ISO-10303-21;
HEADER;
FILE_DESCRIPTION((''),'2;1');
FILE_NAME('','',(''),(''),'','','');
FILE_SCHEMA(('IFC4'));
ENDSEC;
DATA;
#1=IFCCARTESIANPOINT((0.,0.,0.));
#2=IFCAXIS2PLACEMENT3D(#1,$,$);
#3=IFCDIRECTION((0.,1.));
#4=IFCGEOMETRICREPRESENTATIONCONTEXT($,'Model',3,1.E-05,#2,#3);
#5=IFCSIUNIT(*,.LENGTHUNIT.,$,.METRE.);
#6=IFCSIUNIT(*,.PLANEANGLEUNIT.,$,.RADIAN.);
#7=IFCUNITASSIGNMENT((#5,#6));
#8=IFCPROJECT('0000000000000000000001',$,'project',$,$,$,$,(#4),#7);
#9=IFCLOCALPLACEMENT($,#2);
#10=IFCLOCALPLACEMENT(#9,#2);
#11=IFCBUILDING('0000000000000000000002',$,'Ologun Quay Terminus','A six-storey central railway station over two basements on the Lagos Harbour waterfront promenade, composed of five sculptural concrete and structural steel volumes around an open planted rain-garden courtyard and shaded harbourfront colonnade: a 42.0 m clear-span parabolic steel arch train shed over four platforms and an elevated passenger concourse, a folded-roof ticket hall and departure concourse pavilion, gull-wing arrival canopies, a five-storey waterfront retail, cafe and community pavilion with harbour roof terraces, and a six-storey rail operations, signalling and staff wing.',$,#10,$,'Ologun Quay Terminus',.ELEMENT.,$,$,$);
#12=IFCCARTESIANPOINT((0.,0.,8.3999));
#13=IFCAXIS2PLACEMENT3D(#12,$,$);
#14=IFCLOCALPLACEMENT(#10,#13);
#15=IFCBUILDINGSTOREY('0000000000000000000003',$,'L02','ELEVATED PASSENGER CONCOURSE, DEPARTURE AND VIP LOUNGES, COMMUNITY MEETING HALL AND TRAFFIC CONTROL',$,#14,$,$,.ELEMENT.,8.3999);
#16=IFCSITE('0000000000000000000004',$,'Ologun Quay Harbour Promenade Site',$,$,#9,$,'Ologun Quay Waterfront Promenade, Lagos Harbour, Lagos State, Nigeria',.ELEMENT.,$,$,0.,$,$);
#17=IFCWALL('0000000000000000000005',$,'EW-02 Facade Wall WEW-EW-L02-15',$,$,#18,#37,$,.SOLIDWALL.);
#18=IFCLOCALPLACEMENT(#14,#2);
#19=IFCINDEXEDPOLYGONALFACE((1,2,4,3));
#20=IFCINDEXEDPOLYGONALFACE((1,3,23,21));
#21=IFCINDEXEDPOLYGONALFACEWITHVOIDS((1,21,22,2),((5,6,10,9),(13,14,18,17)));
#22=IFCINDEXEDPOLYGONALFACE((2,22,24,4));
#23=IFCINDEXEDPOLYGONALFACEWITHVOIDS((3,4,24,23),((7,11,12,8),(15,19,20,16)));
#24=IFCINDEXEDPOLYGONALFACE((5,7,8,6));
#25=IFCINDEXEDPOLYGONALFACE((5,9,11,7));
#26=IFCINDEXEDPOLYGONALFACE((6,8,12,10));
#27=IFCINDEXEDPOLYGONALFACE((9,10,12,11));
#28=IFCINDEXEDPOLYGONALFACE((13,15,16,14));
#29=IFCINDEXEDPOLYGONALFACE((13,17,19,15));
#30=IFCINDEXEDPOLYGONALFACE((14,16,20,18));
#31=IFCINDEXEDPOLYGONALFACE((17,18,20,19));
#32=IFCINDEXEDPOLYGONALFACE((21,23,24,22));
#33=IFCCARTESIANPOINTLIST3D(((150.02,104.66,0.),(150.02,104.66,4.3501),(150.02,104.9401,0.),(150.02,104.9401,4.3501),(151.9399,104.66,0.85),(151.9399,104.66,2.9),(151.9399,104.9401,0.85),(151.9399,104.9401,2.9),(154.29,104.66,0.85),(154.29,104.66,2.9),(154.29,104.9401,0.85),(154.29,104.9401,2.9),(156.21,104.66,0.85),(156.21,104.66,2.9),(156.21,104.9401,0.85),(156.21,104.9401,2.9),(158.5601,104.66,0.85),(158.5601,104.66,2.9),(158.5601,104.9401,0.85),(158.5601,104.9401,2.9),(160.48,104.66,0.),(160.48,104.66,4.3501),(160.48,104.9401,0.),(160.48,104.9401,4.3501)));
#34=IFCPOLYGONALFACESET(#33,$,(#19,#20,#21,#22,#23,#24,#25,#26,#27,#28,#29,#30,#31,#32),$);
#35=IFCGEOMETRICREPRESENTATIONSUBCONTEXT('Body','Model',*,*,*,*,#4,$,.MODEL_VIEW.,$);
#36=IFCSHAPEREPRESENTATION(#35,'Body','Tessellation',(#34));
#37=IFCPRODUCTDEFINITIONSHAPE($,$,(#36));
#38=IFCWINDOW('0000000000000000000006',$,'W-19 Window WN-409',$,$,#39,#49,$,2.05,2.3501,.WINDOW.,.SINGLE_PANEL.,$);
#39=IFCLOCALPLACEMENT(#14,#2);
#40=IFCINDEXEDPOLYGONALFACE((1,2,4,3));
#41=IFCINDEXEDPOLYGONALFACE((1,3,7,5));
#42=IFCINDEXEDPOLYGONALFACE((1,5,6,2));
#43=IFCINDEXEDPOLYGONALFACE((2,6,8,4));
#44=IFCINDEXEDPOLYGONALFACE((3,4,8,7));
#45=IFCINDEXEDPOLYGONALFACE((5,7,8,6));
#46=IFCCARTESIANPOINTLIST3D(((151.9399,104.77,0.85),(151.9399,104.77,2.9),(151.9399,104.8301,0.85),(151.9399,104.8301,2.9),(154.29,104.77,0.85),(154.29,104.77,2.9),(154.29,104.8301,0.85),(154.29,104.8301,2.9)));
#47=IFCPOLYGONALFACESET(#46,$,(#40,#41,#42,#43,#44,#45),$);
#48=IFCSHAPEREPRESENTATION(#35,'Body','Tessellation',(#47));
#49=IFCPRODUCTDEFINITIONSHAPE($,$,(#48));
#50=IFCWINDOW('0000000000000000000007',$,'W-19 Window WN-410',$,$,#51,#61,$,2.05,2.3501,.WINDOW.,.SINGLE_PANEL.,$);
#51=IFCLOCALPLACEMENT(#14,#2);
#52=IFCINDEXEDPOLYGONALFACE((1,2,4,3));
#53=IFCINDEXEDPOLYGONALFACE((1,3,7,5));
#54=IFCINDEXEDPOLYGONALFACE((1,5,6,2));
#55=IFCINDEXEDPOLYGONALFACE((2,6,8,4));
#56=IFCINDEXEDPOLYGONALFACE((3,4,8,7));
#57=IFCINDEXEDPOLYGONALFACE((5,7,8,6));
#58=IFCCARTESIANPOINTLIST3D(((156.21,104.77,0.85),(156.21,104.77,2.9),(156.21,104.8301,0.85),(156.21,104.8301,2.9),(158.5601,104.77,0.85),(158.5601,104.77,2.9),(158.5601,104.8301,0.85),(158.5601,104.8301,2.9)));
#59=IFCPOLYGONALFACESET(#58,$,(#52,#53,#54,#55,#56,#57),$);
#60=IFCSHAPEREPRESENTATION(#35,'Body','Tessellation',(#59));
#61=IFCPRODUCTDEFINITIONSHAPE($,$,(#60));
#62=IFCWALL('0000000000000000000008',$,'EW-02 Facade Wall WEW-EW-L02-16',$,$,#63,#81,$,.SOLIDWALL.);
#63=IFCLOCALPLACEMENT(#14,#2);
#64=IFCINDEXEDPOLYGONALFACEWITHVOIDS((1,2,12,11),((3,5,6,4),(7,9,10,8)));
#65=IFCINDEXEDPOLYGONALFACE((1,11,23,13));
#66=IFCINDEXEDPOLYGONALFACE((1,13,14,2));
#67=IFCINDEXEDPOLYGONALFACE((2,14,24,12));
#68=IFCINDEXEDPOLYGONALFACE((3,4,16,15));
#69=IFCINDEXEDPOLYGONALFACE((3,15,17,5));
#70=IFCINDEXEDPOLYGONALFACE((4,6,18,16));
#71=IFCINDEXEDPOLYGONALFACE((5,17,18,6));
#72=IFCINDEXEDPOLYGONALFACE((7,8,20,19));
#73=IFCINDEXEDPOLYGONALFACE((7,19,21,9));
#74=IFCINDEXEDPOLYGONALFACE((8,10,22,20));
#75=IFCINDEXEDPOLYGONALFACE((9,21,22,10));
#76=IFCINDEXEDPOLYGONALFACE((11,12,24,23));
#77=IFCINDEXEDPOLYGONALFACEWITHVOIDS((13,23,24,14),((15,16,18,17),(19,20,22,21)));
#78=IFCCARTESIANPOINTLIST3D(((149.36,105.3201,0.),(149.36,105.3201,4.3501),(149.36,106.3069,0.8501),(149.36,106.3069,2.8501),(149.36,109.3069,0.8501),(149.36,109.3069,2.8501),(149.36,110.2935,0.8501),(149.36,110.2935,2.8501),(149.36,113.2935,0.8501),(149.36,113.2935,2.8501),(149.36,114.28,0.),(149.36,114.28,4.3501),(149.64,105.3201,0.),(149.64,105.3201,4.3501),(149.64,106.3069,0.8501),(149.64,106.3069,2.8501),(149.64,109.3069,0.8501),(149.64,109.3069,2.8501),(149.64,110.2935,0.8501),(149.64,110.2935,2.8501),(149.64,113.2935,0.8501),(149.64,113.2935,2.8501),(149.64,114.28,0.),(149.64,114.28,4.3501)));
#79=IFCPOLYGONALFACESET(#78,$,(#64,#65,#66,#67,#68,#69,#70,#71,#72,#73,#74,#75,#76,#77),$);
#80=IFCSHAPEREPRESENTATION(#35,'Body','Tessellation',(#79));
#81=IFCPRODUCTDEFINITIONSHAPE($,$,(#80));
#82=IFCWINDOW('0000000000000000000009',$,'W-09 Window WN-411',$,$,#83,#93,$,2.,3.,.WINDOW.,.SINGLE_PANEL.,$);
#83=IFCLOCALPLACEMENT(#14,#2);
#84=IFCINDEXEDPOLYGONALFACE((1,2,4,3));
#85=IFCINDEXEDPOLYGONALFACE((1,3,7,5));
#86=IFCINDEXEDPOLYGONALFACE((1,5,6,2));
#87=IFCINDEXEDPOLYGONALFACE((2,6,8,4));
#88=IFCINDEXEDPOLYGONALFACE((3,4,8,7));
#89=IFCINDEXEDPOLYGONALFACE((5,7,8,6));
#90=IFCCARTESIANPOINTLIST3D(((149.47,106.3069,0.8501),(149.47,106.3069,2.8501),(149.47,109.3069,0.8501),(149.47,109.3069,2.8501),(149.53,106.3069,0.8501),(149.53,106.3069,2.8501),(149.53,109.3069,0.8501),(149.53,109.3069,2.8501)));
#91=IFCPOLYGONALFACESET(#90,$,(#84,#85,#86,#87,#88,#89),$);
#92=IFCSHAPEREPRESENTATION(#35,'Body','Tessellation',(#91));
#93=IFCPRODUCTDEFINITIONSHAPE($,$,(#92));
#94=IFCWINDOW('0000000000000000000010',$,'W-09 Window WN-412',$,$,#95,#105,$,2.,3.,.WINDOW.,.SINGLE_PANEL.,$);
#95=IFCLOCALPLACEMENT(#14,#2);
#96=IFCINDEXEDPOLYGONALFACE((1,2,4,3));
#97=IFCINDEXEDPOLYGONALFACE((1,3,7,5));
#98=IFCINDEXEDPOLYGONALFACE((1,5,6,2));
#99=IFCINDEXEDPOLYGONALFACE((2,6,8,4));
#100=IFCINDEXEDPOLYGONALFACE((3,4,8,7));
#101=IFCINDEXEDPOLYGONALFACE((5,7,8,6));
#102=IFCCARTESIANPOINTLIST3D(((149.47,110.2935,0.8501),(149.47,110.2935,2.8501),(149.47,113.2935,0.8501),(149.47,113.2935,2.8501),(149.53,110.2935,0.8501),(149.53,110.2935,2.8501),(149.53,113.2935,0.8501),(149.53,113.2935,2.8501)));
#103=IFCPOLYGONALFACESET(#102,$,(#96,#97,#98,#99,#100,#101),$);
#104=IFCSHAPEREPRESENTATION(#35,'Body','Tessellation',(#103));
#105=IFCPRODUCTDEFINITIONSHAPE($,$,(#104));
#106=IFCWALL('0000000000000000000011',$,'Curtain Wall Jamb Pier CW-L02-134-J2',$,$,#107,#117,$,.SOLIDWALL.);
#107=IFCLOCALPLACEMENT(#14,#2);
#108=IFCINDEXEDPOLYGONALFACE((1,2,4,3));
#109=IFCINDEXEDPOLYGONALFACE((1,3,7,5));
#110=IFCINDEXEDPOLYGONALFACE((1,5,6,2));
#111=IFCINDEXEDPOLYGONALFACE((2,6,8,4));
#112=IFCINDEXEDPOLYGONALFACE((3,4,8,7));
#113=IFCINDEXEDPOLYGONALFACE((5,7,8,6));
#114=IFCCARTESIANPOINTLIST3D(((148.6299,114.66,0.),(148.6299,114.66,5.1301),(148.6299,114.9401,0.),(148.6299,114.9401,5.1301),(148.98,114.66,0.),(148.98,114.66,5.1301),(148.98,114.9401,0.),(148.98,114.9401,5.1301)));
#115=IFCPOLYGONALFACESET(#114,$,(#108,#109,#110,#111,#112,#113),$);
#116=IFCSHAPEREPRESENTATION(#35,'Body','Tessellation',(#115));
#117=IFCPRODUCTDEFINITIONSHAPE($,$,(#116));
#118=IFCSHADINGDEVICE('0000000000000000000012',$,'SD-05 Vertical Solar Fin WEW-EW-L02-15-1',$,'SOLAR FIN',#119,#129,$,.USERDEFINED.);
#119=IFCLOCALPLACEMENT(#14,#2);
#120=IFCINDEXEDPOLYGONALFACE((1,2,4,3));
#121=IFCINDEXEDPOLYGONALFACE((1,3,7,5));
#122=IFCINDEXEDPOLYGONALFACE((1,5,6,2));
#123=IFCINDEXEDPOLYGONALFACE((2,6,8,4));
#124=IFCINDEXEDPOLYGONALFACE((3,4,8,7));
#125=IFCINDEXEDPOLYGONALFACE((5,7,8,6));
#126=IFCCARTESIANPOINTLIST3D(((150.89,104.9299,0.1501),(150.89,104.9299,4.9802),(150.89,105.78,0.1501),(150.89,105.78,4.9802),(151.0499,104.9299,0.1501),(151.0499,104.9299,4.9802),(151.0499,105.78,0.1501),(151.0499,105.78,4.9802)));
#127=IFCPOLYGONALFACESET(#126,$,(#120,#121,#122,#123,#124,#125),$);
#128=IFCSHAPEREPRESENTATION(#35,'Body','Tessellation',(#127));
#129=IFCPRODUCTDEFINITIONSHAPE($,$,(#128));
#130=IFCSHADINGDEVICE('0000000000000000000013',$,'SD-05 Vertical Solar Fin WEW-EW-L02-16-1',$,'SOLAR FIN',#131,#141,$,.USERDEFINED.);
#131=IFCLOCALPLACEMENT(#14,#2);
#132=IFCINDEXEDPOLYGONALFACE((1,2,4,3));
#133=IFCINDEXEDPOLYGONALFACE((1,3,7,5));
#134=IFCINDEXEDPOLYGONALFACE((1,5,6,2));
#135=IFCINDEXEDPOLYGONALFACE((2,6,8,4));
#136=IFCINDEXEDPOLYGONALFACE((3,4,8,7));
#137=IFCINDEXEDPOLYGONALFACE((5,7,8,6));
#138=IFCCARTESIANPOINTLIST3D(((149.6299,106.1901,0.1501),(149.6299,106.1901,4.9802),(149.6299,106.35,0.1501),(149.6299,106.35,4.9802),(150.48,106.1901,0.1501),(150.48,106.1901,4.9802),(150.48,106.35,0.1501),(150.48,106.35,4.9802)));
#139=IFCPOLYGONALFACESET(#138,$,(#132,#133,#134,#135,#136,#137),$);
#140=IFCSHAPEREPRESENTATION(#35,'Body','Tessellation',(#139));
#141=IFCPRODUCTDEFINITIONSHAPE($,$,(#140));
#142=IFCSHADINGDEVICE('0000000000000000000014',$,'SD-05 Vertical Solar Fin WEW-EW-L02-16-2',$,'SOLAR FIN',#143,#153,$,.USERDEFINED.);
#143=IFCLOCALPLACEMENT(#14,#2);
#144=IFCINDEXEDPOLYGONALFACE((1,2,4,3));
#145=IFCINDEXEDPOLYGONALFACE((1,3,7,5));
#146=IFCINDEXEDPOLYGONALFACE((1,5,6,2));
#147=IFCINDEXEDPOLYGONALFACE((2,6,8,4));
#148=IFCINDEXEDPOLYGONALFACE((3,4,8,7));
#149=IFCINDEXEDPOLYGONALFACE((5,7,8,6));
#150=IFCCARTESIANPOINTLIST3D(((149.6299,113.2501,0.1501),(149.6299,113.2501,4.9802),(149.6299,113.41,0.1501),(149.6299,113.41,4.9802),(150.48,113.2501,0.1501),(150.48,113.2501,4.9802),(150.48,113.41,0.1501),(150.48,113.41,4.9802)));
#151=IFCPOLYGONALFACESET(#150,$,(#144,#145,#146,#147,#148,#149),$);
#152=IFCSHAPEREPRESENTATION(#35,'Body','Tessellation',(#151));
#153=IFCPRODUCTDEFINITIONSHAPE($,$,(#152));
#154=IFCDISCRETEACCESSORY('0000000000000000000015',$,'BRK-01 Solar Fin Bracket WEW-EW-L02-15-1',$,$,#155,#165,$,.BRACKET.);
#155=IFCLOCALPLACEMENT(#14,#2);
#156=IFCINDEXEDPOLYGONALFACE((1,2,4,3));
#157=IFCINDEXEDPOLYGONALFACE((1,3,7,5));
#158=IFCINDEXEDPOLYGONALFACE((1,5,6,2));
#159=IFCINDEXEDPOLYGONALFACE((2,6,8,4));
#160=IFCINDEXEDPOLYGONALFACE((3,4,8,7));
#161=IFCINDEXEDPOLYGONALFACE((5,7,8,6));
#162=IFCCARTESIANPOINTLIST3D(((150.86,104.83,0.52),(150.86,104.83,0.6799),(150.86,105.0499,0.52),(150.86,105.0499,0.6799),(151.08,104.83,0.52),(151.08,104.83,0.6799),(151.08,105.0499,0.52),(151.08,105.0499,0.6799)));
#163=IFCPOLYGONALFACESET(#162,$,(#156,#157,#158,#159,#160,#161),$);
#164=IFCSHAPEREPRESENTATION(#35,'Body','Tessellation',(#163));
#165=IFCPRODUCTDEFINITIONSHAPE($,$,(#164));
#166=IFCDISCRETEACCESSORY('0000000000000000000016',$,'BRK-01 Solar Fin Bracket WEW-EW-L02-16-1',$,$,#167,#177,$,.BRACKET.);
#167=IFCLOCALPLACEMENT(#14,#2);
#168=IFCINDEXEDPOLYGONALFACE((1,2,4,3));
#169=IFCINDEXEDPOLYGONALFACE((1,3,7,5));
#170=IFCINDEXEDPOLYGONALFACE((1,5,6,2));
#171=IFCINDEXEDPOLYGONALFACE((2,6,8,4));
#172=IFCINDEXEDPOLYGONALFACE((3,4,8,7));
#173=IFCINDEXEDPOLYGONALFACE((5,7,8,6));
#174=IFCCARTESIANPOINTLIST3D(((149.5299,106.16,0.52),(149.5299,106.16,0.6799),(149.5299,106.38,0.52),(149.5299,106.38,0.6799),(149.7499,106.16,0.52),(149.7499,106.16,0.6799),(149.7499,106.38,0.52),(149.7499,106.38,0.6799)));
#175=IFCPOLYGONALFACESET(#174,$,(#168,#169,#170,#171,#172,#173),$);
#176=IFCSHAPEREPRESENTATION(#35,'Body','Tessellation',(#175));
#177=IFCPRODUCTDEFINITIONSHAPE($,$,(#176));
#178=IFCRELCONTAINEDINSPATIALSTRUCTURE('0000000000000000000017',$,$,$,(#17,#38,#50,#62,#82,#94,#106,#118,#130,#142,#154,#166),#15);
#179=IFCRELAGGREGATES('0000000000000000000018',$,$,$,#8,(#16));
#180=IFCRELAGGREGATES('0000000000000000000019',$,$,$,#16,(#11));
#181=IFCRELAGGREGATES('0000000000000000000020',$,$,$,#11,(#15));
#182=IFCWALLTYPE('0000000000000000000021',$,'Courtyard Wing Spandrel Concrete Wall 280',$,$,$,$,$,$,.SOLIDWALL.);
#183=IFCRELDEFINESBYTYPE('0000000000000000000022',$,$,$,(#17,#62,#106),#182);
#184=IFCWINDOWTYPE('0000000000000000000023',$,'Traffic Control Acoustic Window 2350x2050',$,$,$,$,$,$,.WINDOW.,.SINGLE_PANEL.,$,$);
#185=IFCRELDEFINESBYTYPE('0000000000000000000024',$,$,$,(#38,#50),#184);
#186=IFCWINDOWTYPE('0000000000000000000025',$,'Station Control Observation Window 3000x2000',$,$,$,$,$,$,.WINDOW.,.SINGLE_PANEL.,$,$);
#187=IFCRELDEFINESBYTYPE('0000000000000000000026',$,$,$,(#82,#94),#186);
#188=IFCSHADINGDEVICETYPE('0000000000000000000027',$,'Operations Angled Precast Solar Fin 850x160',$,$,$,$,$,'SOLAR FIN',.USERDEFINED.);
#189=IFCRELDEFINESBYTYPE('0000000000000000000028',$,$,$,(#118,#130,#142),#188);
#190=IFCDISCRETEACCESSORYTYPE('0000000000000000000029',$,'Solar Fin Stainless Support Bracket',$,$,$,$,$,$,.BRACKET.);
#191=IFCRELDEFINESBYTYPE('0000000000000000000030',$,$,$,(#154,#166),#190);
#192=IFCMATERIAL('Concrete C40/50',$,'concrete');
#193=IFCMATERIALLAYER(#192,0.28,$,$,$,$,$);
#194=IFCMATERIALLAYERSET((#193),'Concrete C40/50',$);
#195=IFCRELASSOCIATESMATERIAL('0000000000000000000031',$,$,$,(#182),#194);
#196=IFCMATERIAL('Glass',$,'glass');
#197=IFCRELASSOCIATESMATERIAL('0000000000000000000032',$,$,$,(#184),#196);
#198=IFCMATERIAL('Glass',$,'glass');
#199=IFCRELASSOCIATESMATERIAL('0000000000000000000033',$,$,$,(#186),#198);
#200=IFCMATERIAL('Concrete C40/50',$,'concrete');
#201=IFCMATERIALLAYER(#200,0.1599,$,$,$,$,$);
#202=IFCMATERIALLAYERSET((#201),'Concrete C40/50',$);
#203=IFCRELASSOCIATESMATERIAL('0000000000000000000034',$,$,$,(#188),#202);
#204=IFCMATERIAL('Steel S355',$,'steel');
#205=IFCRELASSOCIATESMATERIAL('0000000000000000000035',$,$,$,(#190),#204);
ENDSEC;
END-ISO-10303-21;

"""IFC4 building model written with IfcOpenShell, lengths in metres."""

from ifc_helpers import new_model, si_unit, direction, frame, frame_2d, origin, origin_2d, place, context, subcontext, project, spatial, rectangle, extrude, material, layer, layer_set, type_object, element, fill, save


model = new_model("IFC4")

# Units and contexts
model_context = context("Model", 3, precision=1e-05, world=origin(), true_north=direction((0.0, 1.0)))
body_context = subcontext(model_context, "Body", "Model", "MODEL_VIEW")
ifc_project = project(units=[si_unit("LENGTHUNIT", "METRE"), si_unit("PLANEANGLEUNIT", "RADIAN")], contexts=[model_context])

# Site, building, storey
site_placement = place(None, origin())
site = spatial("IfcSite", under=ifc_project, at=site_placement, Name="Ologun Quay Harbour Promenade Site", LongName="Ologun Quay Waterfront Promenade, Lagos Harbour, Lagos State, Nigeria", CompositionType="ELEMENT", RefElevation=0.0)
building_placement = place(site_placement, origin())
building = spatial("IfcBuilding", under=site, at=building_placement, Name="Ologun Quay Terminus", Description="A six-storey central railway station over two basements on the Lagos Harbour waterfront promenade, composed of five sculptural concrete and structural steel volumes around an open planted rain-garden courtyard and shaded harbourfront colonnade: a 42.0 m clear-span parabolic steel arch train shed over four platforms and an elevated passenger concourse, a folded-roof ticket hall and departure concourse pavilion, gull-wing arrival canopies, a five-storey waterfront retail, cafe and community pavilion with harbour roof terraces, and a six-storey rail operations, signalling and staff wing.", LongName="Ologun Quay Terminus", CompositionType="ELEMENT")
storey_placement = place(building_placement, frame((0.0, 0.0, 8.3999)))
storey = spatial("IfcBuildingStorey", under=building, at=storey_placement, Name="L02", Description="ELEVATED PASSENGER CONCOURSE, DEPARTURE AND VIP LOUNGES, COMMUNITY MEETING HALL AND TRAFFIC CONTROL", CompositionType="ELEMENT", Elevation=8.3999)

# Walls, openings, windows
ifc_material_1 = material(Name="Concrete C40/50", Category="concrete")
ifc_layer_1 = layer(ifc_material_1, 0.28)
ifc_layer_set_1 = layer_set([ifc_layer_1], Name="Concrete C40/50")
wall_type = type_object("IfcWallType", Name="Courtyard Wing Spandrel Concrete Wall 280", PredefinedType="SOLIDWALL", material=ifc_layer_set_1)
wall_1_placement = place(storey_placement, frame((150.02, 104.8, 0.0), z_axis=(0.0, 0.0, 1.0), x_axis=(1.0, 0.0, 0.0)))
wall_1 = element("IfcWall", 1, at=wall_1_placement, inside=storey, type_object=wall_type, Name="EW-02 Facade Wall WEW-EW-L02-15", PredefinedType="SOLIDWALL", context=body_context, shape_type="SweptSolid", body=[
    extrude(rectangle(XDim=10.46, YDim=0.28, at=frame_2d((5.23, 0.0))), origin(), (0.0, 0.0, 1.0), 4.3501),
])
opening_1_placement = place(wall_1_placement, frame((1.9199, 0.0, 0.8501)))
opening_1 = element("IfcOpeningElement", 2, at=opening_1_placement, cuts=wall_1, PredefinedType="OPENING", context=body_context, shape_type="SweptSolid", body=[
    extrude(rectangle(XDim=2.3501, YDim=2.05, at=frame_2d((1.175, 1.0249))), frame((0.0, 0.1499, 0.0), z_axis=(0.0, -1.0, 0.0), x_axis=(1.0, 0.0, 0.0)), (0.0, 0.0, 1.0), 0.3),
])
opening_2_placement = place(wall_1_placement, frame((6.1899, 0.0, 0.8501)))
opening_2 = element("IfcOpeningElement", 3, at=opening_2_placement, cuts=wall_1, PredefinedType="OPENING", context=body_context, shape_type="SweptSolid", body=[
    extrude(rectangle(XDim=2.3501, YDim=2.05, at=frame_2d((1.175, 1.0249))), frame((0.0, 0.1499, 0.0), z_axis=(0.0, -1.0, 0.0), x_axis=(1.0, 0.0, 0.0)), (0.0, 0.0, 1.0), 0.3),
])
ifc_material_2 = material(Name="Glass", Category="glass")
window_type_1 = type_object("IfcWindowType", Name="Traffic Control Acoustic Window 2350x2050", PartitioningType="SINGLE_PANEL", PredefinedType="WINDOW", material=ifc_material_2)
window_1_placement = place(opening_1_placement, origin())
window_1 = element("IfcWindow", 4, at=window_1_placement, inside=storey, type_object=window_type_1, Name="W-19 Window WN-409", OverallHeight=2.05, OverallWidth=2.3501, PartitioningType="SINGLE_PANEL", PredefinedType="WINDOW", context=body_context, shape_type="SweptSolid", body=[
    extrude(rectangle(XDim=2.3501, YDim=2.05, at=frame_2d((1.175, 1.0249))), frame((0.0, 0.03, 0.0), z_axis=(0.0, -1.0, 0.0), x_axis=(1.0, 0.0, 0.0)), (0.0, 0.0, 1.0), 0.0601),
])
fill(opening_1, window_1)
window_2_placement = place(opening_2_placement, origin())
window_2 = element("IfcWindow", 5, at=window_2_placement, inside=storey, type_object=window_type_1, Name="W-19 Window WN-410", OverallHeight=2.05, OverallWidth=2.3501, PartitioningType="SINGLE_PANEL", PredefinedType="WINDOW", context=body_context, shape_type="SweptSolid", body=[
    extrude(rectangle(XDim=2.3501, YDim=2.05, at=frame_2d((1.175, 1.0249))), frame((0.0, 0.03, 0.0), z_axis=(0.0, -1.0, 0.0), x_axis=(1.0, 0.0, 0.0)), (0.0, 0.0, 1.0), 0.0601),
])
fill(opening_2, window_2)
wall_2_placement = place(storey_placement, frame((149.5, 105.3201, 0.0), z_axis=(0.0, 0.0, 1.0), x_axis=(0.0, 1.0, 0.0)))
wall_2 = element("IfcWall", 6, at=wall_2_placement, inside=storey, type_object=wall_type, Name="EW-02 Facade Wall WEW-EW-L02-16", PredefinedType="SOLIDWALL", context=body_context, shape_type="SweptSolid", body=[
    extrude(rectangle(XDim=8.96, YDim=0.28, at=frame_2d((4.48, 0.0))), origin(), (0.0, 0.0, 1.0), 4.3501),
])
opening_3_placement = place(wall_2_placement, frame((0.9868, 0.0, 0.8501)))
opening_3 = element("IfcOpeningElement", 7, at=opening_3_placement, cuts=wall_2, PredefinedType="OPENING", context=body_context, shape_type="SweptSolid", body=[
    extrude(rectangle(XDim=3.0, YDim=2.0, at=frame_2d((1.5, 1.0))), frame((0.0, 0.1499, 0.0), z_axis=(0.0, -1.0, 0.0), x_axis=(1.0, 0.0, 0.0)), (0.0, 0.0, 1.0), 0.3),
])
opening_4_placement = place(wall_2_placement, frame((4.9734, 0.0, 0.8501)))
opening_4 = element("IfcOpeningElement", 8, at=opening_4_placement, cuts=wall_2, PredefinedType="OPENING", context=body_context, shape_type="SweptSolid", body=[
    extrude(rectangle(XDim=3.0, YDim=2.0, at=frame_2d((1.5, 1.0))), frame((0.0, 0.1499, 0.0), z_axis=(0.0, -1.0, 0.0), x_axis=(1.0, 0.0, 0.0)), (0.0, 0.0, 1.0), 0.3),
])
ifc_material_3 = material(Name="Glass", Category="glass")
window_type_2 = type_object("IfcWindowType", Name="Station Control Observation Window 3000x2000", PartitioningType="SINGLE_PANEL", PredefinedType="WINDOW", material=ifc_material_3)
window_3_placement = place(opening_3_placement, origin())
window_3 = element("IfcWindow", 9, at=window_3_placement, inside=storey, type_object=window_type_2, Name="W-09 Window WN-411", OverallHeight=2.0, OverallWidth=3.0, PartitioningType="SINGLE_PANEL", PredefinedType="WINDOW", context=body_context, shape_type="SweptSolid", body=[
    extrude(rectangle(XDim=3.0, YDim=2.0, at=frame_2d((1.5, 1.0))), frame((0.0, 0.03, 0.0), z_axis=(0.0, -1.0, 0.0), x_axis=(1.0, 0.0, 0.0)), (0.0, 0.0, 1.0), 0.0601),
])
fill(opening_3, window_3)
window_4_placement = place(opening_4_placement, origin())
window_4 = element("IfcWindow", 10, at=window_4_placement, inside=storey, type_object=window_type_2, Name="W-09 Window WN-412", OverallHeight=2.0, OverallWidth=3.0, PartitioningType="SINGLE_PANEL", PredefinedType="WINDOW", context=body_context, shape_type="SweptSolid", body=[
    extrude(rectangle(XDim=3.0, YDim=2.0, at=frame_2d((1.5, 1.0))), frame((0.0, 0.03, 0.0), z_axis=(0.0, -1.0, 0.0), x_axis=(1.0, 0.0, 0.0)), (0.0, 0.0, 1.0), 0.0601),
])
fill(opening_4, window_4)

# Wall
wall_3_placement = place(storey_placement, frame((148.6299, 114.8, 0.0), z_axis=(0.0, 0.0, 1.0), x_axis=(1.0, 0.0, 0.0)))
element("IfcWall", 11, at=wall_3_placement, inside=storey, type_object=wall_type, Name="Curtain Wall Jamb Pier CW-L02-134-J2", PredefinedType="SOLIDWALL", context=body_context, shape_type="SweptSolid", body=[
    extrude(rectangle(XDim=0.3501, YDim=0.28, at=frame_2d((0.175, 0.0))), origin(), (0.0, 0.0, 1.0), 5.1301),
])

# Shading devices
ifc_material_4 = material(Name="Concrete C40/50", Category="concrete")
ifc_layer_2 = layer(ifc_material_4, 0.1599)
ifc_layer_set_2 = layer_set([ifc_layer_2], Name="Concrete C40/50")
shading_device_type = type_object("IfcShadingDeviceType", Name="Operations Angled Precast Solar Fin 850x160", ElementType="SOLAR FIN", PredefinedType="USERDEFINED", material=ifc_layer_set_2)
shading_device_placement = place(storey_placement, frame((150.97, 105.355, 0.1501), z_axis=(0.0, 0.0, 1.0), x_axis=(1.0, 0.0, 0.0)))
element("IfcShadingDevice", 12, at=shading_device_placement, inside=storey, type_object=shading_device_type, Name="SD-05 Vertical Solar Fin WEW-EW-L02-15-1", ObjectType="SOLAR FIN", PredefinedType="USERDEFINED", context=body_context, shape_type="SweptSolid", body=[
    extrude(rectangle(XDim=0.1599, YDim=0.8501, at=origin_2d()), origin(), (0.0, 0.0, 1.0), 4.8301),
])
for number, where, z_axis, x_axis, name in (
    (13, (150.0549, 106.27, 0.1501), (0.0, 0.0, 1.0), (1.0, 0.0, 0.0), "SD-05 Vertical Solar Fin WEW-EW-L02-16-1"),
    (14, (150.0549, 113.3301, 0.1501), (0.0, 0.0, 1.0), (1.0, 0.0, 0.0), "SD-05 Vertical Solar Fin WEW-EW-L02-16-2"),
):
    element("IfcShadingDevice", number, at=place(storey_placement, frame(where, z_axis=z_axis, x_axis=x_axis)), inside=storey, type_object=shading_device_type, Name=name, ObjectType="SOLAR FIN", PredefinedType="USERDEFINED", context=body_context, shape_type="SweptSolid", body=[
        extrude(rectangle(XDim=0.8501, YDim=0.1599, at=origin_2d()), origin(), (0.0, 0.0, 1.0), 4.8301),
    ])

# Discrete accessories
ifc_material_5 = material(Name="Steel S355", Category="steel")
discrete_accessory_type = type_object("IfcDiscreteAccessoryType", Name="Solar Fin Stainless Support Bracket", PredefinedType="BRACKET", material=ifc_material_5)
for number, where, z_axis, x_axis, name in (
    (15, (150.97, 104.9399, 0.52), (0.0, 0.0, 1.0), (1.0, 0.0, 0.0), "BRK-01 Solar Fin Bracket WEW-EW-L02-15-1"),
    (16, (149.6399, 106.27, 0.52), (0.0, 0.0, 1.0), (1.0, 0.0, 0.0), "BRK-01 Solar Fin Bracket WEW-EW-L02-16-1"),
):
    element("IfcDiscreteAccessory", number, at=place(storey_placement, frame(where, z_axis=z_axis, x_axis=x_axis)), inside=storey, type_object=discrete_accessory_type, Name=name, PredefinedType="BRACKET", context=body_context, shape_type="SweptSolid", body=[
        extrude(rectangle(XDim=0.22, YDim=0.22, at=origin_2d()), origin(), (0.0, 0.0, 1.0), 0.1599),
    ])

save(model, "model.ifc")
